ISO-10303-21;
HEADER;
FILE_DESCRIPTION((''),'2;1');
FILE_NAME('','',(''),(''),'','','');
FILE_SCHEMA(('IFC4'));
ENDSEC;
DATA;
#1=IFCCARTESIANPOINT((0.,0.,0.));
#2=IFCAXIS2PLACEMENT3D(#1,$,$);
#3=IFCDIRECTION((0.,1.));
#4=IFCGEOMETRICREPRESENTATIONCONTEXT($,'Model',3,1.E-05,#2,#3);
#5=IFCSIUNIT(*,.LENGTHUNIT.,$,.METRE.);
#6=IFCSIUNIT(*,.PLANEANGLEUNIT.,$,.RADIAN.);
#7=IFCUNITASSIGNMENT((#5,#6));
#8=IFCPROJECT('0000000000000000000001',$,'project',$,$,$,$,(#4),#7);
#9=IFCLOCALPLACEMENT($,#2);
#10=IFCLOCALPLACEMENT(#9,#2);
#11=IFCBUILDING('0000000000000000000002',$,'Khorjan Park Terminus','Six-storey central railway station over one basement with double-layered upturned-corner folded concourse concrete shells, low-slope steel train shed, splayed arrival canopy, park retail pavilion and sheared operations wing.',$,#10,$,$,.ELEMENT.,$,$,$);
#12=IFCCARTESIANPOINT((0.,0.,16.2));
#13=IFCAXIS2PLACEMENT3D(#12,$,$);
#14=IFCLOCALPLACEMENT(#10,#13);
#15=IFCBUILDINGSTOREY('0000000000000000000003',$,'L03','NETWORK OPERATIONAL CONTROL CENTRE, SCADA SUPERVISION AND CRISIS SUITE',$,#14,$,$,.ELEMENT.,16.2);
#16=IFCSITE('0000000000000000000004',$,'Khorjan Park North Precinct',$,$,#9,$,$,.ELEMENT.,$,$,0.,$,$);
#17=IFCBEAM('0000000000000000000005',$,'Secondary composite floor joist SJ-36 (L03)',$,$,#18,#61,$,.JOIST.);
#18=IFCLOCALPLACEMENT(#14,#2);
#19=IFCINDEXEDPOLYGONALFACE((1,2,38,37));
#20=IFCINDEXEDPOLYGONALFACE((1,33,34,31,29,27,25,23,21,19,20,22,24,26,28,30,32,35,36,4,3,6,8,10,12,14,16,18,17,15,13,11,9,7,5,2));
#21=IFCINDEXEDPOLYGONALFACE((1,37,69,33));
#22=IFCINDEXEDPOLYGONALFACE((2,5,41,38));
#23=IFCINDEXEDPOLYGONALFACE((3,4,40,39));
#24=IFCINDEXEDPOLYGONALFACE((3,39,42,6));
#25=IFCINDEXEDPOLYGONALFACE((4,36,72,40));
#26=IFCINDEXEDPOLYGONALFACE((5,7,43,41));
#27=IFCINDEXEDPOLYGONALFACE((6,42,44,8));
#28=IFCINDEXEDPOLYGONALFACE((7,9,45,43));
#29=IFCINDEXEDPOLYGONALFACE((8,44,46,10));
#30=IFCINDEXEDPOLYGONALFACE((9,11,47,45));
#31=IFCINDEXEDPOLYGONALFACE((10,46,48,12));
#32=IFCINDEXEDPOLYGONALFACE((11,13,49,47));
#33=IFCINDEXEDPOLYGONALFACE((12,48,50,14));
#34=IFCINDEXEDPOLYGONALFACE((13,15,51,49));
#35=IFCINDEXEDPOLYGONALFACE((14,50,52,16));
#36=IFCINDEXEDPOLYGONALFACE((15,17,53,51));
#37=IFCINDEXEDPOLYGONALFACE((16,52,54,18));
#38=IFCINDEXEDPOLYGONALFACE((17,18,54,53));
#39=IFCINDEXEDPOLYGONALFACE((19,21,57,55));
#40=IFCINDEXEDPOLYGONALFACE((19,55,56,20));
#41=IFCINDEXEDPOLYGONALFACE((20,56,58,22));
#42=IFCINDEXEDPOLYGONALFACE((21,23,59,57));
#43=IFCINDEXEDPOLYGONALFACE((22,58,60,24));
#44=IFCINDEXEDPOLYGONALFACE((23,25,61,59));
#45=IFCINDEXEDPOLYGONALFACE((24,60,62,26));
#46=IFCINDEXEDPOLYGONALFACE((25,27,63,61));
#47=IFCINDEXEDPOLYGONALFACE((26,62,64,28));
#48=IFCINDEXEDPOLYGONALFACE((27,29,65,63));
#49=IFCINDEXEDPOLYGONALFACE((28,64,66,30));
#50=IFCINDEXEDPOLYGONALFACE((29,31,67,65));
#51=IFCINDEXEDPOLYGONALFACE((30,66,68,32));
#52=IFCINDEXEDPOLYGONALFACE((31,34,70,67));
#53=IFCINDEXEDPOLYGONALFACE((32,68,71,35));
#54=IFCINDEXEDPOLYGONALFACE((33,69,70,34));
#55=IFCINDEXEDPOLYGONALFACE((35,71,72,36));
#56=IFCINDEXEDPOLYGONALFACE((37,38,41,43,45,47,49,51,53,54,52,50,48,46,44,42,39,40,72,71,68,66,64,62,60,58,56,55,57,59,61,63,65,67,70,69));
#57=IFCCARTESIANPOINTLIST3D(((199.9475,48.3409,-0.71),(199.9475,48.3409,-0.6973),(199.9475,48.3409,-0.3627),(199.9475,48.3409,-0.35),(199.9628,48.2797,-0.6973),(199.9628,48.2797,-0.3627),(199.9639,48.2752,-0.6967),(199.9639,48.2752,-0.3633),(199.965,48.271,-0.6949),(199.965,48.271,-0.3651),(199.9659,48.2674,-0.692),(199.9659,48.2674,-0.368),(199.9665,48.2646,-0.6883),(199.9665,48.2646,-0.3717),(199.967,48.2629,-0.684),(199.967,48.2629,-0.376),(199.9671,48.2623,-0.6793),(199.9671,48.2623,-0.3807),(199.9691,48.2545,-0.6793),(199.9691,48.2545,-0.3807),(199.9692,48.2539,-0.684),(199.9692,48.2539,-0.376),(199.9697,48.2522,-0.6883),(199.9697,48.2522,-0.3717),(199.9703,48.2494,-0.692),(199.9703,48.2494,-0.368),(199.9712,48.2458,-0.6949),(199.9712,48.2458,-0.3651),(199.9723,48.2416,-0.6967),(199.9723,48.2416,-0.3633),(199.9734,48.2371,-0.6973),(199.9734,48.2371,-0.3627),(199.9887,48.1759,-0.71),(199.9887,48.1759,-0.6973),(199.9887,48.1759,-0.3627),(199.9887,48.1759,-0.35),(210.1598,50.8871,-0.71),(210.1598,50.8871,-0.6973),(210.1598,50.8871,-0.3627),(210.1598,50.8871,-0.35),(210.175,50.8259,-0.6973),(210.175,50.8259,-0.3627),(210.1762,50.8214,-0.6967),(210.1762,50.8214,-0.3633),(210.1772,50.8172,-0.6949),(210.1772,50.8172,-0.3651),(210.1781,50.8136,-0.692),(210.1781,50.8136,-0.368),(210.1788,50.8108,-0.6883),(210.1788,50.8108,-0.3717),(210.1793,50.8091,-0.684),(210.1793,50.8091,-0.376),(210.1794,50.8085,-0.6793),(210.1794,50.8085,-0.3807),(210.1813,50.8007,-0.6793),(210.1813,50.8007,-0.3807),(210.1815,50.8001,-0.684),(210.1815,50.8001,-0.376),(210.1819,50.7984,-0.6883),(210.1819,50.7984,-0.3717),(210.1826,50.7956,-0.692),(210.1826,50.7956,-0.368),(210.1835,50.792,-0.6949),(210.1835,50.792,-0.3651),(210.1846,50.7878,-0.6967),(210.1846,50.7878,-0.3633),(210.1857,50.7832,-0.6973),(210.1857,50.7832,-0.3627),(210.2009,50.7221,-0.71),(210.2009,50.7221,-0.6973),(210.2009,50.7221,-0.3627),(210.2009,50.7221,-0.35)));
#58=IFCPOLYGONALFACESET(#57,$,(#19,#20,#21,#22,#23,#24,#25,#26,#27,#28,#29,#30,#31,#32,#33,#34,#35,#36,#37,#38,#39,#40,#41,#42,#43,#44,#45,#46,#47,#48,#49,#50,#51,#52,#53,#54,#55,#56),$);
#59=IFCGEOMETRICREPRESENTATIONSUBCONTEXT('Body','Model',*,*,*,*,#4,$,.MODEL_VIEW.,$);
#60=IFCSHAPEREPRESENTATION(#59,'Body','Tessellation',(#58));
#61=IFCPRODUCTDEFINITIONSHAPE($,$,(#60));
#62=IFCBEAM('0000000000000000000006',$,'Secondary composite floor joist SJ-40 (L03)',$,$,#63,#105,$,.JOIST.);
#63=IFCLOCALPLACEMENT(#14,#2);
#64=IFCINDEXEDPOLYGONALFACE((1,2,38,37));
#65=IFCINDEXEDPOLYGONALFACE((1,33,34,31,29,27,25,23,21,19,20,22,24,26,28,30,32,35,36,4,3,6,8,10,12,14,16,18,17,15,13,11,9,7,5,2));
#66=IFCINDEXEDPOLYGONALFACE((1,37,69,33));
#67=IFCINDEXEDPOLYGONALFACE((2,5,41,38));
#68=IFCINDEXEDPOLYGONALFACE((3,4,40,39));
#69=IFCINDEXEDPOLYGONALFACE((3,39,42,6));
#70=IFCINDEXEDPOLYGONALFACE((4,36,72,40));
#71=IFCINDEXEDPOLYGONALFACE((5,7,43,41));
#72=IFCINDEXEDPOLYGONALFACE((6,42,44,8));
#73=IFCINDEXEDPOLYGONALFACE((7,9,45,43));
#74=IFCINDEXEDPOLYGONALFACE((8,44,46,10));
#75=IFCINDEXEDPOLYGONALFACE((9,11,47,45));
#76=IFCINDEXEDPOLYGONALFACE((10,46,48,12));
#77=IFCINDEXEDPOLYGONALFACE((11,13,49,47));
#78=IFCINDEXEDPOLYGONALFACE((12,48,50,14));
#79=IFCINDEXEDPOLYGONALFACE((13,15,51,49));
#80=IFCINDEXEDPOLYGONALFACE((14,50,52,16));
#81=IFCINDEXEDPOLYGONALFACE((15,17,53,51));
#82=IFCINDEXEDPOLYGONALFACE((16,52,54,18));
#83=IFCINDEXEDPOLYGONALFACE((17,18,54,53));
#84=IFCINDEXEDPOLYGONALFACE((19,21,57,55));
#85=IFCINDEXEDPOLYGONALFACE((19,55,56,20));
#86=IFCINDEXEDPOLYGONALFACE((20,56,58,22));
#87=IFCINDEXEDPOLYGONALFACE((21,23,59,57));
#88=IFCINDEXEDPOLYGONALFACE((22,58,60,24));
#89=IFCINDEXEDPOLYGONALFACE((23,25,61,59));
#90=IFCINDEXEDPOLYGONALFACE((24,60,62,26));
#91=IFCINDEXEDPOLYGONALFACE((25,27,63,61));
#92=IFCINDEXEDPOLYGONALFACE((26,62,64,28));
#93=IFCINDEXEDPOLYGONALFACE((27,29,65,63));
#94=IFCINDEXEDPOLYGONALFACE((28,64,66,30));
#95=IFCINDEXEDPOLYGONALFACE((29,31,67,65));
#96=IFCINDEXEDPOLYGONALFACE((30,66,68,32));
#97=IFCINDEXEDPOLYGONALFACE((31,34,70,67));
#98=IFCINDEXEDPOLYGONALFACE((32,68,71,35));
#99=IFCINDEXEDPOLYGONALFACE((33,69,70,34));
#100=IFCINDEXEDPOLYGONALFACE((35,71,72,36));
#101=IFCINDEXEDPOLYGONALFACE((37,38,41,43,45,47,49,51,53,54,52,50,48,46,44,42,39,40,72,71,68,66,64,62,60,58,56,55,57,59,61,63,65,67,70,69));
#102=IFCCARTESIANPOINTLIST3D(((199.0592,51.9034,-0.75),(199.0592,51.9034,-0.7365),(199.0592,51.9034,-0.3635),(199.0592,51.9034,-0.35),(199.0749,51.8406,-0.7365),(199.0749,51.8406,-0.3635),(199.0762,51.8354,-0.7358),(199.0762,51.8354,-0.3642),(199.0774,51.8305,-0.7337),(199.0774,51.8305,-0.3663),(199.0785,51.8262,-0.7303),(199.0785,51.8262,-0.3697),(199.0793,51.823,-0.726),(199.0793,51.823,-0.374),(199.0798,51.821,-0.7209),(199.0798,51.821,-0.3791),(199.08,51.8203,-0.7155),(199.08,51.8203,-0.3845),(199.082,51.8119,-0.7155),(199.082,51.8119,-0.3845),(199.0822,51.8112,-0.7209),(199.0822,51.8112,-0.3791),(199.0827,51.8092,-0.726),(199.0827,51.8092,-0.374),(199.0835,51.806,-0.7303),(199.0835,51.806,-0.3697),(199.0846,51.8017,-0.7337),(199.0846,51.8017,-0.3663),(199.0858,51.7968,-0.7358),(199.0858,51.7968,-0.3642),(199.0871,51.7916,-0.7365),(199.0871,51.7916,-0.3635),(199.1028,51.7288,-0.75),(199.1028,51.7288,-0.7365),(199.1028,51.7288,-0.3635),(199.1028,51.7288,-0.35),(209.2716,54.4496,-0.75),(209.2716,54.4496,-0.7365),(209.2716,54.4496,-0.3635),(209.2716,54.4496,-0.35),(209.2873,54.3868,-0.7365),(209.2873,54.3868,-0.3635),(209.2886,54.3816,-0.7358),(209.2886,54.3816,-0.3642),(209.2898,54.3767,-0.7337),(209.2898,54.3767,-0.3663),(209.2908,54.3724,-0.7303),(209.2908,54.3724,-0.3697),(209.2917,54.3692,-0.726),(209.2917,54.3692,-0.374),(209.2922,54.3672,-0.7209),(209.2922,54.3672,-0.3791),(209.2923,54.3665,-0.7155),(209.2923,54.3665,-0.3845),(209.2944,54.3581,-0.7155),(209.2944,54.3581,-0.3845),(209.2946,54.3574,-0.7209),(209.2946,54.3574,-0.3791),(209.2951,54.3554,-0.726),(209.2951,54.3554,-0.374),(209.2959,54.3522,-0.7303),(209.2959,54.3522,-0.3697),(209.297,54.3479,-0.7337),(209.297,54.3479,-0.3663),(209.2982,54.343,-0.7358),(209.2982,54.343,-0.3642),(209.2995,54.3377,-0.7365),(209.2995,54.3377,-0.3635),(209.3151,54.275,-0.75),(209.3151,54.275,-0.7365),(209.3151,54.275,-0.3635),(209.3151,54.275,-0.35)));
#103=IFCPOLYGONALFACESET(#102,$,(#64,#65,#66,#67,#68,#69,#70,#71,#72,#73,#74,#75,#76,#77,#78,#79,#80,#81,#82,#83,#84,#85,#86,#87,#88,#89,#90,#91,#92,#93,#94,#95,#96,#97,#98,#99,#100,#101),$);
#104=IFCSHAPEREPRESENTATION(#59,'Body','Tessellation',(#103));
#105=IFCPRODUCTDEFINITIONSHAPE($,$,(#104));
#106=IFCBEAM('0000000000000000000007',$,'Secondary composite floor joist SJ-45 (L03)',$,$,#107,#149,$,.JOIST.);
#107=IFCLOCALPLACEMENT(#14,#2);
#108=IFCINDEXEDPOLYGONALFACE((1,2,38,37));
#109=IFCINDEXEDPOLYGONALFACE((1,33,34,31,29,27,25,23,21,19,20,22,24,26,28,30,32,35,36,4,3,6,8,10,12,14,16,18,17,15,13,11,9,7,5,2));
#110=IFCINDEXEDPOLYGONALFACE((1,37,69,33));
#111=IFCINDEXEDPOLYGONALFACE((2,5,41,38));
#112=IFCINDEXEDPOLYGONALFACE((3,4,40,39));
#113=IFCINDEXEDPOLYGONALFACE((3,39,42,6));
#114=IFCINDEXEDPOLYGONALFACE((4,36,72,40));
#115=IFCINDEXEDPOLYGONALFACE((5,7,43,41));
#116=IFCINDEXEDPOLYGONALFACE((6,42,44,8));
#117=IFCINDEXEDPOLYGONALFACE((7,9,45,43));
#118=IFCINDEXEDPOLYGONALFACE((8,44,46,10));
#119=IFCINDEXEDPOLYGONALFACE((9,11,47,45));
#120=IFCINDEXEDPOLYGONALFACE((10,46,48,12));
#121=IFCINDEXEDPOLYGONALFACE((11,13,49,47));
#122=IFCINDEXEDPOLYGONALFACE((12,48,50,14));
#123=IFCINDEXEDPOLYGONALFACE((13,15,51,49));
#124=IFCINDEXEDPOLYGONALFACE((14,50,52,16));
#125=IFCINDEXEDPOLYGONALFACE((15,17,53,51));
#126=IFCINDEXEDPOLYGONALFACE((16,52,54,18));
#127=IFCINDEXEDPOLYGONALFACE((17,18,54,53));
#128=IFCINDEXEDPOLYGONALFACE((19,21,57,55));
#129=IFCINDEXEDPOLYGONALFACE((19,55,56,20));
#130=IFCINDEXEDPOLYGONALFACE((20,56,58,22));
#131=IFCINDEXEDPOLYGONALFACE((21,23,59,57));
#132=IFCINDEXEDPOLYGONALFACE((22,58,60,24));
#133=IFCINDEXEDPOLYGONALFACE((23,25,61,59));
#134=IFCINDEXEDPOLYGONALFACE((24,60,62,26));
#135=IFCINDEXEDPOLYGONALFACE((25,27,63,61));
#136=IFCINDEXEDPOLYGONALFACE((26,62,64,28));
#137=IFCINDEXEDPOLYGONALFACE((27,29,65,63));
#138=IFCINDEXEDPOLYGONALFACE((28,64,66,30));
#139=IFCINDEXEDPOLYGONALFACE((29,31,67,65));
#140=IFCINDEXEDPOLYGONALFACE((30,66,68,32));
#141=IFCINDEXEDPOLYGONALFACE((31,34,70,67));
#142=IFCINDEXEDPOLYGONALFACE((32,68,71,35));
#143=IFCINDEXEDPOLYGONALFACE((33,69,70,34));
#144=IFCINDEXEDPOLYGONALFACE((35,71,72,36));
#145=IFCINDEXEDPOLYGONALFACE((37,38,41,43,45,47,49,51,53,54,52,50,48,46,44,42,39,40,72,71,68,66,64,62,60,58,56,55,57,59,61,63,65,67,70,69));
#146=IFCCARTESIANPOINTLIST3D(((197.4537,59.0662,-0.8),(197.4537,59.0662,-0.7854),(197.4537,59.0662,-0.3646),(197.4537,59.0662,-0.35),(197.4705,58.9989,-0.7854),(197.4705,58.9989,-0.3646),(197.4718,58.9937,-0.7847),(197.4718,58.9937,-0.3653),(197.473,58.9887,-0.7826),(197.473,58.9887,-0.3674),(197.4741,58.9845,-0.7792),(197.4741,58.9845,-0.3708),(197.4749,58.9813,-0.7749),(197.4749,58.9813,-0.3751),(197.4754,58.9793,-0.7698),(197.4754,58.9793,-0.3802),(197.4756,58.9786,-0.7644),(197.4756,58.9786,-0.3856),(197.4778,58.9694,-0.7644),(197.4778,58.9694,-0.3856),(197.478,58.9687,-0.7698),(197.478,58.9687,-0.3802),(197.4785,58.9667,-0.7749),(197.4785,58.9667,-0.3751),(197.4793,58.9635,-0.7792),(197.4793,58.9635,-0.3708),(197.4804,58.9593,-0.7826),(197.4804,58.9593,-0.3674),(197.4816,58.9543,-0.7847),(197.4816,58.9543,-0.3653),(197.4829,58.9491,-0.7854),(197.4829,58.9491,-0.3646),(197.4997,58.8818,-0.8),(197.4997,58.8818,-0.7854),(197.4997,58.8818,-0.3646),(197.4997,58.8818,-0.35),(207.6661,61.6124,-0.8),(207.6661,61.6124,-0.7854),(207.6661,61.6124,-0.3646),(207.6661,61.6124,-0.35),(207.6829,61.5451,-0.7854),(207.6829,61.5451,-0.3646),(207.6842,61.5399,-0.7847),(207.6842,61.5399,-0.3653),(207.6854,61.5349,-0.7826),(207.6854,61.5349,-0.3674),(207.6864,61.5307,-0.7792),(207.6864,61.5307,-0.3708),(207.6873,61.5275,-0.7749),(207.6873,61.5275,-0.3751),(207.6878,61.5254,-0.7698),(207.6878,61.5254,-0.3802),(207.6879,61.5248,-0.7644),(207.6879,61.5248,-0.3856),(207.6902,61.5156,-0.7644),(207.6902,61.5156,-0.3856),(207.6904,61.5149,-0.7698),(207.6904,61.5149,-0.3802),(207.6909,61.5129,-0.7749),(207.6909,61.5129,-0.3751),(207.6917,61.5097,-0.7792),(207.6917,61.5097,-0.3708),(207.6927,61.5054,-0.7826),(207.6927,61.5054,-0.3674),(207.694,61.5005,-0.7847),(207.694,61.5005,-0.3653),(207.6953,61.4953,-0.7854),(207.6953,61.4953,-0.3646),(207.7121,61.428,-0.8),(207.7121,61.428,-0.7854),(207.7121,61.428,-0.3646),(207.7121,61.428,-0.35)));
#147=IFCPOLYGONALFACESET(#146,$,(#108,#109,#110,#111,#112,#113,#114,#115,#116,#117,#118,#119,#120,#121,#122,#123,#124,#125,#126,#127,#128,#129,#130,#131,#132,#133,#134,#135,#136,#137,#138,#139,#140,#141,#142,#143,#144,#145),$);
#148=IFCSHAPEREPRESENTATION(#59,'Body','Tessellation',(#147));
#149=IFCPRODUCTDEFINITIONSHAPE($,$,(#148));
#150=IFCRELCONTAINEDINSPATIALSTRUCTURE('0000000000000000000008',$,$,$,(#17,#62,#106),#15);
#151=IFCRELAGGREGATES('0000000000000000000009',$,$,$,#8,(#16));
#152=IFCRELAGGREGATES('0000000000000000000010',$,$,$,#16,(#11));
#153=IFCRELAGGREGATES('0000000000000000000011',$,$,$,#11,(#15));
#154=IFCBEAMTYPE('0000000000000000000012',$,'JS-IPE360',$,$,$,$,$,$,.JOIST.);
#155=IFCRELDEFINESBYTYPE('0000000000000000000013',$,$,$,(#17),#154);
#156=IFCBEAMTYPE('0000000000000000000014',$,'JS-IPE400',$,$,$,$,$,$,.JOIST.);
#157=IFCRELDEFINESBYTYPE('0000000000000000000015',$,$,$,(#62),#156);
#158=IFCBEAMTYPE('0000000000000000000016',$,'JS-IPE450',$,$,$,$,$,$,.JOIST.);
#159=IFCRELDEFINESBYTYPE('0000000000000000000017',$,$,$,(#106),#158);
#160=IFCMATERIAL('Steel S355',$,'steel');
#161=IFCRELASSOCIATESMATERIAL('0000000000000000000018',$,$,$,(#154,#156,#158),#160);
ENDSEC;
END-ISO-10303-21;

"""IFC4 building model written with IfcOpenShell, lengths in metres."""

from ifc_helpers import new_model, si_unit, direction, frame, origin, origin_2d, place, context, subcontext, project, spatial, i_section, extrude, material, material_profile, profile_set, type_object, element, save


model = new_model("IFC4")

# Units and contexts
model_context = context("Model", 3, precision=1e-05, world=origin(), true_north=direction((0.0, 1.0)))
body_context = subcontext(model_context, "Body", "Model", "MODEL_VIEW")
ifc_project = project(units=[si_unit("LENGTHUNIT", "METRE"), si_unit("PLANEANGLEUNIT", "RADIAN")], contexts=[model_context])

# Site, building, storey
site_placement = place(None, origin())
site = spatial("IfcSite", under=ifc_project, at=site_placement, Name="Khorjan Park North Precinct", CompositionType="ELEMENT", RefElevation=0.0)
building_placement = place(site_placement, origin())
building = spatial("IfcBuilding", under=site, at=building_placement, Name="Khorjan Park Terminus", Description="Six-storey central railway station over one basement with double-layered upturned-corner folded concourse concrete shells, low-slope steel train shed, splayed arrival canopy, park retail pavilion and sheared operations wing.", CompositionType="ELEMENT")
storey_placement = place(building_placement, frame((0.0, 0.0, 16.2)))
storey = spatial("IfcBuildingStorey", under=building, at=storey_placement, Name="L03", Description="NETWORK OPERATIONAL CONTROL CENTRE, SCADA SUPERVISION AND CRISIS SUITE", CompositionType="ELEMENT", Elevation=16.2)

# Beams
ifc_material_1 = material(Name="Steel S355", Category="steel")
ifc_material_profile_1 = material_profile(ifc_material_1, i_section(OverallWidth=0.17, OverallDepth=0.36, WebThickness=0.008, FlangeThickness=0.0127, FilletRadius=0.018, at=origin_2d()), Name="IPE 360")
ifc_profile_set_1 = profile_set([ifc_material_profile_1], Name="Steel S355")
beam_type_1 = type_object("IfcBeamType", Name="JS-IPE360", PredefinedType="JOIST", material=ifc_profile_set_1)
beam_1_placement = place(storey_placement, frame((199.9681, 48.2584, -0.53), z_axis=(0.970296, 0.241921, 0.0), x_axis=(-0.241921, 0.970296, 0.0)))
element("IfcBeam", 1, at=beam_1_placement, inside=storey, type_object=beam_type_1, Name="Secondary composite floor joist SJ-36 (L03)", PredefinedType="JOIST", context=body_context, shape_type="SweptSolid", body=[
    extrude(i_section(OverallWidth=0.17, OverallDepth=0.36, WebThickness=0.008, FlangeThickness=0.0127, FilletRadius=0.018, at=origin_2d()), origin(), (0.0, 0.0, 1.0), 10.5249),
])
ifc_material_profile_2 = material_profile(ifc_material_1, i_section(OverallWidth=0.18, OverallDepth=0.4, WebThickness=0.0086, FlangeThickness=0.0135, FilletRadius=0.021, at=origin_2d()), Name="IPE 400")
ifc_profile_set_2 = profile_set([ifc_material_profile_2], Name="Steel S355")
beam_type_2 = type_object("IfcBeamType", Name="JS-IPE400", PredefinedType="JOIST", material=ifc_profile_set_2)
beam_2_placement = place(storey_placement, frame((199.081, 51.8161, -0.55), z_axis=(0.970297, 0.241919, 0.0), x_axis=(-0.241919, 0.970297, 0.0)))
element("IfcBeam", 2, at=beam_2_placement, inside=storey, type_object=beam_type_2, Name="Secondary composite floor joist SJ-40 (L03)", PredefinedType="JOIST", context=body_context, shape_type="SweptSolid", body=[
    extrude(i_section(OverallWidth=0.18, OverallDepth=0.4, WebThickness=0.0086, FlangeThickness=0.0135, FilletRadius=0.021, at=origin_2d()), origin(), (0.0, 0.0, 1.0), 10.525),
])
ifc_material_profile_3 = material_profile(ifc_material_1, i_section(OverallWidth=0.19, OverallDepth=0.45, WebThickness=0.0094, FlangeThickness=0.0146, FilletRadius=0.021, at=origin_2d()), Name="IPE 450")
ifc_profile_set_3 = profile_set([ifc_material_profile_3], Name="Steel S355")
beam_type_3 = type_object("IfcBeamType", Name="JS-IPE450", PredefinedType="JOIST", material=ifc_profile_set_3)
beam_3_placement = place(storey_placement, frame((197.4767, 58.974, -0.575), z_axis=(0.970297, 0.241919, 0.0), x_axis=(-0.241919, 0.970297, 0.0)))
element("IfcBeam", 3, at=beam_3_placement, inside=storey, type_object=beam_type_3, Name="Secondary composite floor joist SJ-45 (L03)", PredefinedType="JOIST", context=body_context, shape_type="SweptSolid", body=[
    extrude(i_section(OverallWidth=0.19, OverallDepth=0.45, WebThickness=0.0094, FlangeThickness=0.0146, FilletRadius=0.021, at=origin_2d()), origin(), (0.0, 0.0, 1.0), 10.525),
])

save(model, "model.ifc")
